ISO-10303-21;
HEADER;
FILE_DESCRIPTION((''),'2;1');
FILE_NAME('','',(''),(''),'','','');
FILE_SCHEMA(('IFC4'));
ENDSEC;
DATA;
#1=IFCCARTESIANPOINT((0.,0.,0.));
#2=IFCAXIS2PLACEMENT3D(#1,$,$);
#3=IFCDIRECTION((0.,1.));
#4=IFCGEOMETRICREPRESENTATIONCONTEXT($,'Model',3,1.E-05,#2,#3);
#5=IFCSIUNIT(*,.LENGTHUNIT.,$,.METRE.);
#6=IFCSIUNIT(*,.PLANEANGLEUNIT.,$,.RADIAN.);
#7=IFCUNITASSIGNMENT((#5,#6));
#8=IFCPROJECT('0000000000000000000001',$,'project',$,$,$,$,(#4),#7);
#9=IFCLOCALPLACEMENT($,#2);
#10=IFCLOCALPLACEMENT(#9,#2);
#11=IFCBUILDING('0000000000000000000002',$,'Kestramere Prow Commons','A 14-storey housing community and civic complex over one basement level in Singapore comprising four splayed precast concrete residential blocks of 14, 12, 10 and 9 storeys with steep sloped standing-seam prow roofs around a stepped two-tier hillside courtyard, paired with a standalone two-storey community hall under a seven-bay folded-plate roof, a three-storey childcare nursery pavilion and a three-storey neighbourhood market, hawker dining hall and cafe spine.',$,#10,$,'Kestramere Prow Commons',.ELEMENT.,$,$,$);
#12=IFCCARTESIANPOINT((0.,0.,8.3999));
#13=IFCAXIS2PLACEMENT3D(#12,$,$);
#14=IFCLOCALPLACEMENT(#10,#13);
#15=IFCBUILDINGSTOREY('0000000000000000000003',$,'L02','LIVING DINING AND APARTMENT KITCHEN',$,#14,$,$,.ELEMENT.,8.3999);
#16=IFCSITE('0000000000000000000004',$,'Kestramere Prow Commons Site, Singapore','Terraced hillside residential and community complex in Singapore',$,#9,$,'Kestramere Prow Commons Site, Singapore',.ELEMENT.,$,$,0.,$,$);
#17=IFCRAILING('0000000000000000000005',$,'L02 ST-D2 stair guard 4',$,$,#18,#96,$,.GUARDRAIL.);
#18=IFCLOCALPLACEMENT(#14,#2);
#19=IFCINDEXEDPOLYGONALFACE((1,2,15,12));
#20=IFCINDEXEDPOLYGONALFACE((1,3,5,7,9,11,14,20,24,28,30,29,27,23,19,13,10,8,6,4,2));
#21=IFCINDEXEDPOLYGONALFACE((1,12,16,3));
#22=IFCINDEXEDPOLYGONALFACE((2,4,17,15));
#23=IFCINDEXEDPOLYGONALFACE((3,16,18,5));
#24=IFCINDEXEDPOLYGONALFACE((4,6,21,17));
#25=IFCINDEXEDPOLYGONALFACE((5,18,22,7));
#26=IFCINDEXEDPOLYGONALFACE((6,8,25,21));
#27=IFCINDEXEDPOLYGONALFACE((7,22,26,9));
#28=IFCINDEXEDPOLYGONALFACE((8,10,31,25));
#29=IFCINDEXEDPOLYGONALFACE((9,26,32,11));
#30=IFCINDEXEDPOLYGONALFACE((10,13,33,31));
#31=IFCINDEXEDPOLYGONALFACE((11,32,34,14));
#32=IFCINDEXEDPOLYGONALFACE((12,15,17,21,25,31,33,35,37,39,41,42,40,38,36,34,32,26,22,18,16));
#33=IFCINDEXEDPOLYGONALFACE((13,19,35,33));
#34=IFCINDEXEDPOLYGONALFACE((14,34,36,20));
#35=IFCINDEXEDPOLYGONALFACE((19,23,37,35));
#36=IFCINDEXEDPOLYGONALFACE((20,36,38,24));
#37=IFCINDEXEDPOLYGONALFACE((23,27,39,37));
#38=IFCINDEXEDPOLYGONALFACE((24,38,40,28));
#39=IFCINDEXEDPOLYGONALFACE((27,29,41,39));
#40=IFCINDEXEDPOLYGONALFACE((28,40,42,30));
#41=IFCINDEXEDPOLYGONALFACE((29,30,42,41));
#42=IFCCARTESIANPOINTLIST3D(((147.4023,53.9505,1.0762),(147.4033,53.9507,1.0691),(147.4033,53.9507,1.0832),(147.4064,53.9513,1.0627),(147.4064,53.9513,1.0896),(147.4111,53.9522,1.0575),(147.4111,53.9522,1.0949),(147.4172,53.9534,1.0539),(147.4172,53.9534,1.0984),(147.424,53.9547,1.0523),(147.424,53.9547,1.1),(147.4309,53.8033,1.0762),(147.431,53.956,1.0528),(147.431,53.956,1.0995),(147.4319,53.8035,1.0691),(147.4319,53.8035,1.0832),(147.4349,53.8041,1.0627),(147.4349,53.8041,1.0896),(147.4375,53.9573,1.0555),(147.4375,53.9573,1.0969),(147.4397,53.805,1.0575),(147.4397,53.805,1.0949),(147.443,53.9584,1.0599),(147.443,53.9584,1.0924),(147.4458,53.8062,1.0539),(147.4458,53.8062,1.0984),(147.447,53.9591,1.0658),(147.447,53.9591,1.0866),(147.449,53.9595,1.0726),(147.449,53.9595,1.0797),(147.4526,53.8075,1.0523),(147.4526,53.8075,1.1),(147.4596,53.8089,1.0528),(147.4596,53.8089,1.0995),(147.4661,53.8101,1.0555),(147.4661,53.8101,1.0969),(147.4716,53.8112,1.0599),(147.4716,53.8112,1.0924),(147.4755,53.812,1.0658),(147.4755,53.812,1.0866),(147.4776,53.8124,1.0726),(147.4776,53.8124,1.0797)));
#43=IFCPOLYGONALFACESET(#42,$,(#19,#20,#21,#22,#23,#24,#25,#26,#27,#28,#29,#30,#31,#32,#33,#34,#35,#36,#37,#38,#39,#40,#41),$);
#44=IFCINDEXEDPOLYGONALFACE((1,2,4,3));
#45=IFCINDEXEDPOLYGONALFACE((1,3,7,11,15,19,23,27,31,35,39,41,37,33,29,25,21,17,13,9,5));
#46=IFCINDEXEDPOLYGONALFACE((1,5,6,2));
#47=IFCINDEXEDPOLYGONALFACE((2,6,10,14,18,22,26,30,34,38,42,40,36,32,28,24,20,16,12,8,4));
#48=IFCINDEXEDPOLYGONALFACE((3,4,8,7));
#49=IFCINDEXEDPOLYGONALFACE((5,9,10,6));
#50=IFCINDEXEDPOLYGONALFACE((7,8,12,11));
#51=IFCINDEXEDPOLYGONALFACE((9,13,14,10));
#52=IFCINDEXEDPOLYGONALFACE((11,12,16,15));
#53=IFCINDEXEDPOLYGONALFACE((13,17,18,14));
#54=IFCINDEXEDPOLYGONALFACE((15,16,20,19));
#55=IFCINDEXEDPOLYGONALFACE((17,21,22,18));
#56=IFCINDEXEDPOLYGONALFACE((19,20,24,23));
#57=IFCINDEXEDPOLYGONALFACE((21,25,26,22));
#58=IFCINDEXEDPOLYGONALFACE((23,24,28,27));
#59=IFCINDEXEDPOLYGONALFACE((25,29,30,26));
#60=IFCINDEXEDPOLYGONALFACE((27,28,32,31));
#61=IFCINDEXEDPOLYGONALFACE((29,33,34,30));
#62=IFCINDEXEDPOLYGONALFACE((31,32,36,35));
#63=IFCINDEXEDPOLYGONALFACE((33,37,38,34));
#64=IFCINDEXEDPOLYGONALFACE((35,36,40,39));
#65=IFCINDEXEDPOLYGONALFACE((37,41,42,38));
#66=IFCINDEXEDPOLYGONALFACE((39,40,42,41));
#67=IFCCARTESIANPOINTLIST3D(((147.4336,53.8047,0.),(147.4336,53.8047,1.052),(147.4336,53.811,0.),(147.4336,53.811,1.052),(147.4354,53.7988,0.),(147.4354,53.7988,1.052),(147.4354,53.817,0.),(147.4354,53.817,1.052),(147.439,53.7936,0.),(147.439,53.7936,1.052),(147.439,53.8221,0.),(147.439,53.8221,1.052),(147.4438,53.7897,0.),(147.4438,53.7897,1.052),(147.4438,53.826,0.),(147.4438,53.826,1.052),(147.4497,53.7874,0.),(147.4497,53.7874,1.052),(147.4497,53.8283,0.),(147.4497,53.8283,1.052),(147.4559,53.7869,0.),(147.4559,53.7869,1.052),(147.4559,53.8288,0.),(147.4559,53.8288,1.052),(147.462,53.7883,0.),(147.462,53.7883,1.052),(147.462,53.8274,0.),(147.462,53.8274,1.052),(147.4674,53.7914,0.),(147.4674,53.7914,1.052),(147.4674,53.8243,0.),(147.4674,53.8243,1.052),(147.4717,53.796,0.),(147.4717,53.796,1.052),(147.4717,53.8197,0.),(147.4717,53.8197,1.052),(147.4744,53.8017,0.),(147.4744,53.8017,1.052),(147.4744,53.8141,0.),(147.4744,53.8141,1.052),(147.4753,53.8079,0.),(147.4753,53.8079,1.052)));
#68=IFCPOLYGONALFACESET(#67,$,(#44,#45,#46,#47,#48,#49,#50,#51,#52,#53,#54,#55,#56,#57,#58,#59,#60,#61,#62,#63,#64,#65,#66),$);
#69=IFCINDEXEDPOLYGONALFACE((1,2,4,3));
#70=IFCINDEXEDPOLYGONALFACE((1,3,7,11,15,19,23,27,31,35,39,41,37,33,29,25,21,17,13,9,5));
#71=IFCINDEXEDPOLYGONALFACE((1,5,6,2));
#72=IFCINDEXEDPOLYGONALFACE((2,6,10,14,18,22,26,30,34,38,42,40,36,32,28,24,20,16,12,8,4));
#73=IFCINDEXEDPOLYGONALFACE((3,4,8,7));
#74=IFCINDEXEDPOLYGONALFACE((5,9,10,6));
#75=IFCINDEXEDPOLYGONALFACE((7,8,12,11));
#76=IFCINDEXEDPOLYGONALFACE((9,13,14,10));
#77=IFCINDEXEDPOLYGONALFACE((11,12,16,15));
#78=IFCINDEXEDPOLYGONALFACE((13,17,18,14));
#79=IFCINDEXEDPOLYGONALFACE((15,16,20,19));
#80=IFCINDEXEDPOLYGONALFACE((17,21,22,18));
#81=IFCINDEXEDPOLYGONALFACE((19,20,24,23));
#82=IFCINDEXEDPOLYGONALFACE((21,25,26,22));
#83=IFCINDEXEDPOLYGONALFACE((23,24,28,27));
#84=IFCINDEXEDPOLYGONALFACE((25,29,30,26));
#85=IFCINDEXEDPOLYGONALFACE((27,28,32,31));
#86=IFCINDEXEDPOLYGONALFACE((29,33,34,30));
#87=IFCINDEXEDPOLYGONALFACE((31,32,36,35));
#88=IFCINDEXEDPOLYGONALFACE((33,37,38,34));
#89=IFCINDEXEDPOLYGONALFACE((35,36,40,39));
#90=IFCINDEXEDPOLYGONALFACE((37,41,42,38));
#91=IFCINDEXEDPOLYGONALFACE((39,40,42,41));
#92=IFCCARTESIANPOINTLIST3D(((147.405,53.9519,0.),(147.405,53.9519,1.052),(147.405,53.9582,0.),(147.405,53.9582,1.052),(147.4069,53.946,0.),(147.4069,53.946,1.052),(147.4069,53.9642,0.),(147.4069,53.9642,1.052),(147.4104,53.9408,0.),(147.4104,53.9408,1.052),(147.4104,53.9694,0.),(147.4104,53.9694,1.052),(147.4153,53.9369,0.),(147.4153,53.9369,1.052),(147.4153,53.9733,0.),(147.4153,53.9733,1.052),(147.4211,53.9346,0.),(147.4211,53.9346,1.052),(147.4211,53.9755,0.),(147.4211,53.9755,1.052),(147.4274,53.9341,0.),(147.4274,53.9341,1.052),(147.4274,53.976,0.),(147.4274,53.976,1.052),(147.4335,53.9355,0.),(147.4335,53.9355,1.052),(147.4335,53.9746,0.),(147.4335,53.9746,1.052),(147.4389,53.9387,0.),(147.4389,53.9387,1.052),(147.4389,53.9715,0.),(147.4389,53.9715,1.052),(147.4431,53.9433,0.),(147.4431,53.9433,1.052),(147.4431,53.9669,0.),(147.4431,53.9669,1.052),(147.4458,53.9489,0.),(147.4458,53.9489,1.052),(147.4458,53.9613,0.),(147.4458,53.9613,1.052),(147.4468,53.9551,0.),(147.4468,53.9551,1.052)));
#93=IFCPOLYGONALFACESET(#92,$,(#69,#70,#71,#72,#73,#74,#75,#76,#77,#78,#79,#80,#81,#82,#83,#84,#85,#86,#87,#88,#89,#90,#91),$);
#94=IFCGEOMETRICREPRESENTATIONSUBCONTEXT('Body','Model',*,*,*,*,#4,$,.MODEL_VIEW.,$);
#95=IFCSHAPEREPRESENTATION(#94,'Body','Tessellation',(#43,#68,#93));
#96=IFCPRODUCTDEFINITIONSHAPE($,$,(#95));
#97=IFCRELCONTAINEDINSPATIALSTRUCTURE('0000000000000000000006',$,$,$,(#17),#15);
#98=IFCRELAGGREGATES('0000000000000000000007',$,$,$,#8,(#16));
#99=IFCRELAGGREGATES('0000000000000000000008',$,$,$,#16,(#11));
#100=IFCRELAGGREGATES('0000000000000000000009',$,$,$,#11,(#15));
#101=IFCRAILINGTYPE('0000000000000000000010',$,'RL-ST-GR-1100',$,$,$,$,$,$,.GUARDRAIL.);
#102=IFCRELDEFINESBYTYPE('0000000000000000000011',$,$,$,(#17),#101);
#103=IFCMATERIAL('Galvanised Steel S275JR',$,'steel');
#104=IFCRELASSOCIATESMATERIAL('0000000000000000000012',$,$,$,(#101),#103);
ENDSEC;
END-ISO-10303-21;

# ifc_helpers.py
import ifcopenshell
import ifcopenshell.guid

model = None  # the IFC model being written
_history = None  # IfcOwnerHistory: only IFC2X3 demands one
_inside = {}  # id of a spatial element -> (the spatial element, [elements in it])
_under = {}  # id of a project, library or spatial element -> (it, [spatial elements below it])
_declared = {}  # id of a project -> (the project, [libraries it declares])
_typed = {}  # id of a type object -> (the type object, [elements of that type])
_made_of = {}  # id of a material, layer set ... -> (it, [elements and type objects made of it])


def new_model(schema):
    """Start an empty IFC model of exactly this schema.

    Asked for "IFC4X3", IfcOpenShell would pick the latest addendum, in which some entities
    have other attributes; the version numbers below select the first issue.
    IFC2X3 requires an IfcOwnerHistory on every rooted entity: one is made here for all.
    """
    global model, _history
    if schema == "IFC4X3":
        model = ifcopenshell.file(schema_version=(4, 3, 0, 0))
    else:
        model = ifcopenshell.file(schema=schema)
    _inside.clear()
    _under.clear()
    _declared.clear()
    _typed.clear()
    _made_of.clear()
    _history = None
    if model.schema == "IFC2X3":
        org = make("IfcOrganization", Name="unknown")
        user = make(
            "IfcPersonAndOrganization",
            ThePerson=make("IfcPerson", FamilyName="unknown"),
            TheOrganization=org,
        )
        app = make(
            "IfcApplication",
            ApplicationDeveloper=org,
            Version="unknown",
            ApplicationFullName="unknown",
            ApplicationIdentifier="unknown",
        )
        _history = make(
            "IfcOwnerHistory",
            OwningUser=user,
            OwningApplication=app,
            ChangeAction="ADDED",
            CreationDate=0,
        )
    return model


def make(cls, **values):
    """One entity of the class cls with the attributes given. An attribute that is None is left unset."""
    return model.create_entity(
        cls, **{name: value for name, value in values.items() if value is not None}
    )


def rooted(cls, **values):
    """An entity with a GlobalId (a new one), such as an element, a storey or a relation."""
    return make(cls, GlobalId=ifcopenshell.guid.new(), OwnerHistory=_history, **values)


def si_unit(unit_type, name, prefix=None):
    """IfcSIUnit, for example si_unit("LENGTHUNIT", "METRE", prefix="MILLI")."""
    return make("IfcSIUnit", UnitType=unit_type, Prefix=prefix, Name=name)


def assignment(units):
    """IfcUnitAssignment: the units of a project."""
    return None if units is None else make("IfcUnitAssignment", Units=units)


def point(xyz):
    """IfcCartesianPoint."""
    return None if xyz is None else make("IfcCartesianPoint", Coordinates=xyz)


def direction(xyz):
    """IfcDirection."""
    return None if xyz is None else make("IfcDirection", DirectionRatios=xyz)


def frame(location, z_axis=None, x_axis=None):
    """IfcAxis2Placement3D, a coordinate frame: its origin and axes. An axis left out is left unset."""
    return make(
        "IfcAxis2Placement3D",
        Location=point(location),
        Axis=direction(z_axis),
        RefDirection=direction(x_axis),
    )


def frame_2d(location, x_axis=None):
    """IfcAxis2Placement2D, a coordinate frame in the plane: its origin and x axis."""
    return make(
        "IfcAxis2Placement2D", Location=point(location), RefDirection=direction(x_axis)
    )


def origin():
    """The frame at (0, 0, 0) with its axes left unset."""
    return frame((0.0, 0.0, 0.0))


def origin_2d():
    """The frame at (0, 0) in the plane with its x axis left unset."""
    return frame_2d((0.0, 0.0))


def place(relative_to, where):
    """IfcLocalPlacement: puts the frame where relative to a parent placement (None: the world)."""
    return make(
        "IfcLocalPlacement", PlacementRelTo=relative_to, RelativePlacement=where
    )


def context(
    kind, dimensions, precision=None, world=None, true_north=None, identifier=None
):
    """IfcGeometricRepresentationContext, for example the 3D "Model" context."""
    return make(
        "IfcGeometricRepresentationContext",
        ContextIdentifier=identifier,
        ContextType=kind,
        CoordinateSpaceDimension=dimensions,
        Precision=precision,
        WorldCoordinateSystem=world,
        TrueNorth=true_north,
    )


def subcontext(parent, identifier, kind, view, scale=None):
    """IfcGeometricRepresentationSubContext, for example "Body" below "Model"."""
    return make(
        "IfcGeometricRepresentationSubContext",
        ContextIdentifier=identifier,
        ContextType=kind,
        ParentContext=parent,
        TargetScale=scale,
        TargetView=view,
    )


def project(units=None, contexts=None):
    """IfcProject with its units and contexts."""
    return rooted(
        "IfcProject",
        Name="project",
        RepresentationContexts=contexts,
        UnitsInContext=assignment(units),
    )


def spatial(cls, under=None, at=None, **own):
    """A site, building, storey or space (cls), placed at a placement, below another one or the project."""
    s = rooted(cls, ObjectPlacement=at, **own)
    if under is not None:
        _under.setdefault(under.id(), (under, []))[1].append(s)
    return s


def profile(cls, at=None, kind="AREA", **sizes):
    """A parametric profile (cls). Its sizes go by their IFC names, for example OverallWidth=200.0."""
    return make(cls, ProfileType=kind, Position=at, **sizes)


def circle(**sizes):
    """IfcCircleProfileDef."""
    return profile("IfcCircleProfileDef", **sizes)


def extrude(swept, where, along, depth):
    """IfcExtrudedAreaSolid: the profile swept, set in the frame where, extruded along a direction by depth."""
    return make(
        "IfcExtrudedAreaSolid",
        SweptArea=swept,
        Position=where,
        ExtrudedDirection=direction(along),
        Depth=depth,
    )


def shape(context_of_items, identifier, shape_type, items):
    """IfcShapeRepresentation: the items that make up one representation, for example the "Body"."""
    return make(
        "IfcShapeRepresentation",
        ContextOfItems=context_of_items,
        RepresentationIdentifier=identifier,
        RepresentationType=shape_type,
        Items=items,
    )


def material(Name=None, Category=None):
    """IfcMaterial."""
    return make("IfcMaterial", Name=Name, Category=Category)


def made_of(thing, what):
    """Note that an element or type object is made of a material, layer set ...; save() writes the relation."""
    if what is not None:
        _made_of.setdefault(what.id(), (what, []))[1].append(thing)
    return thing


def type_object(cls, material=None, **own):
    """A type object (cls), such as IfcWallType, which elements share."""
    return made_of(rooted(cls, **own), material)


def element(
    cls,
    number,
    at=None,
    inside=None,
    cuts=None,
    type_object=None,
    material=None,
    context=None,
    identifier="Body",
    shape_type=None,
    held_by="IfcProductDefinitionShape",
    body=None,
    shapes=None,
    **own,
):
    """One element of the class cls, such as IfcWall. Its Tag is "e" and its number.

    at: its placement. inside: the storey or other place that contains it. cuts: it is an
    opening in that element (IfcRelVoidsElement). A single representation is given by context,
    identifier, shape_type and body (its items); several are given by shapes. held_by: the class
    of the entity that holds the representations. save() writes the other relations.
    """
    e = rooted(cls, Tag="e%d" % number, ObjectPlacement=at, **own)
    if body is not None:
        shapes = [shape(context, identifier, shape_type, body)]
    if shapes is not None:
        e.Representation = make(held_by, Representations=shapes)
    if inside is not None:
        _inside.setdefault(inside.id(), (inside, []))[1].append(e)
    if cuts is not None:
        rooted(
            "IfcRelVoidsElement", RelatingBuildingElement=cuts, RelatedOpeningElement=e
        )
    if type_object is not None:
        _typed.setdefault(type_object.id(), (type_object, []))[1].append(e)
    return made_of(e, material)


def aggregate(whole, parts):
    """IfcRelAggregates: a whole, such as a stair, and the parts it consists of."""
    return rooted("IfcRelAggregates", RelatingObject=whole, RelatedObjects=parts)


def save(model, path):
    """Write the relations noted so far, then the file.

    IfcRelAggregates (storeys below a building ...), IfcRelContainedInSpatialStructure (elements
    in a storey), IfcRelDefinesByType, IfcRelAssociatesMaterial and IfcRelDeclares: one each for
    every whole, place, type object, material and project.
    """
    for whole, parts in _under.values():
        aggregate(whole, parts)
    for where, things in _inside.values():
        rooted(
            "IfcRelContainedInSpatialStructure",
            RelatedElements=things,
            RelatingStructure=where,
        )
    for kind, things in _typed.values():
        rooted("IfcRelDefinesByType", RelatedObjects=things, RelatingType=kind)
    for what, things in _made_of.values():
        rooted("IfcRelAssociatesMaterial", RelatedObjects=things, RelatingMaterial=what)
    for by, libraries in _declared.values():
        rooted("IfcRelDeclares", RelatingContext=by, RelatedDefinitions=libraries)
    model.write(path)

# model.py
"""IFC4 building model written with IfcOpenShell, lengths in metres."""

from ifc_helpers import new_model, si_unit, direction, frame, origin, origin_2d, place, context, subcontext, project, spatial, circle, extrude, material, type_object, element, save


model = new_model("IFC4")

# Units and contexts
model_context = context("Model", 3, precision=1e-05, world=origin(), true_north=direction((0.0, 1.0)))
body_context = subcontext(model_context, "Body", "Model", "MODEL_VIEW")
ifc_project = project(units=[si_unit("LENGTHUNIT", "METRE"), si_unit("PLANEANGLEUNIT", "RADIAN")], contexts=[model_context])

# Site, building, storey
site_placement = place(None, origin())
site = spatial("IfcSite", under=ifc_project, at=site_placement, Name="Kestramere Prow Commons Site, Singapore", Description="Terraced hillside residential and community complex in Singapore", LongName="Kestramere Prow Commons Site, Singapore", CompositionType="ELEMENT", RefElevation=0.0)
building_placement = place(site_placement, origin())
building = spatial("IfcBuilding", under=site, at=building_placement, Name="Kestramere Prow Commons", Description="A 14-storey housing community and civic complex over one basement level in Singapore comprising four splayed precast concrete residential blocks of 14, 12, 10 and 9 storeys with steep sloped standing-seam prow roofs around a stepped two-tier hillside courtyard, paired with a standalone two-storey community hall under a seven-bay folded-plate roof, a three-storey childcare nursery pavilion and a three-storey neighbourhood market, hawker dining hall and cafe spine.", LongName="Kestramere Prow Commons", CompositionType="ELEMENT")
storey_placement = place(building_placement, frame((0.0, 0.0, 8.3999)))
storey = spatial("IfcBuildingStorey", under=building, at=storey_placement, Name="L02", Description="LIVING DINING AND APARTMENT KITCHEN", CompositionType="ELEMENT", Elevation=8.3999)

# Railing
ifc_material_1 = material(Name="Galvanised Steel S275JR", Category="steel")
railing_type_1 = type_object("IfcRailingType", Name="RL-ST-GR-1100", PredefinedType="GUARDRAIL", material=ifc_material_1)
railing_1_placement = place(storey_placement, frame((147.4543, 53.8079, 0.0)))
element("IfcRailing", 1, at=railing_1_placement, inside=storey, type_object=railing_type_1, Name="L02 ST-D2 stair guard 4", PredefinedType="GUARDRAIL", context=body_context, shape_type="SweptSolid", body=[
    extrude(circle(Radius=0.0239, at=origin_2d()), frame((0.0, 0.0, 1.0762), z_axis=(-0.190477, 0.981692, 0.0), x_axis=(-0.981692, -0.190477, 0.0)), (0.0, 0.0, 1.0), 0.1499),
    extrude(circle(Radius=0.021, at=origin_2d()), origin(), (0.0, 0.0, 1.0), 1.052),
    extrude(circle(Radius=0.021, at=origin_2d()), frame((-0.0286, 0.1472, 0.0)), (0.0, 0.0, 1.0), 1.052),
])

save(model, "model.ifc")
